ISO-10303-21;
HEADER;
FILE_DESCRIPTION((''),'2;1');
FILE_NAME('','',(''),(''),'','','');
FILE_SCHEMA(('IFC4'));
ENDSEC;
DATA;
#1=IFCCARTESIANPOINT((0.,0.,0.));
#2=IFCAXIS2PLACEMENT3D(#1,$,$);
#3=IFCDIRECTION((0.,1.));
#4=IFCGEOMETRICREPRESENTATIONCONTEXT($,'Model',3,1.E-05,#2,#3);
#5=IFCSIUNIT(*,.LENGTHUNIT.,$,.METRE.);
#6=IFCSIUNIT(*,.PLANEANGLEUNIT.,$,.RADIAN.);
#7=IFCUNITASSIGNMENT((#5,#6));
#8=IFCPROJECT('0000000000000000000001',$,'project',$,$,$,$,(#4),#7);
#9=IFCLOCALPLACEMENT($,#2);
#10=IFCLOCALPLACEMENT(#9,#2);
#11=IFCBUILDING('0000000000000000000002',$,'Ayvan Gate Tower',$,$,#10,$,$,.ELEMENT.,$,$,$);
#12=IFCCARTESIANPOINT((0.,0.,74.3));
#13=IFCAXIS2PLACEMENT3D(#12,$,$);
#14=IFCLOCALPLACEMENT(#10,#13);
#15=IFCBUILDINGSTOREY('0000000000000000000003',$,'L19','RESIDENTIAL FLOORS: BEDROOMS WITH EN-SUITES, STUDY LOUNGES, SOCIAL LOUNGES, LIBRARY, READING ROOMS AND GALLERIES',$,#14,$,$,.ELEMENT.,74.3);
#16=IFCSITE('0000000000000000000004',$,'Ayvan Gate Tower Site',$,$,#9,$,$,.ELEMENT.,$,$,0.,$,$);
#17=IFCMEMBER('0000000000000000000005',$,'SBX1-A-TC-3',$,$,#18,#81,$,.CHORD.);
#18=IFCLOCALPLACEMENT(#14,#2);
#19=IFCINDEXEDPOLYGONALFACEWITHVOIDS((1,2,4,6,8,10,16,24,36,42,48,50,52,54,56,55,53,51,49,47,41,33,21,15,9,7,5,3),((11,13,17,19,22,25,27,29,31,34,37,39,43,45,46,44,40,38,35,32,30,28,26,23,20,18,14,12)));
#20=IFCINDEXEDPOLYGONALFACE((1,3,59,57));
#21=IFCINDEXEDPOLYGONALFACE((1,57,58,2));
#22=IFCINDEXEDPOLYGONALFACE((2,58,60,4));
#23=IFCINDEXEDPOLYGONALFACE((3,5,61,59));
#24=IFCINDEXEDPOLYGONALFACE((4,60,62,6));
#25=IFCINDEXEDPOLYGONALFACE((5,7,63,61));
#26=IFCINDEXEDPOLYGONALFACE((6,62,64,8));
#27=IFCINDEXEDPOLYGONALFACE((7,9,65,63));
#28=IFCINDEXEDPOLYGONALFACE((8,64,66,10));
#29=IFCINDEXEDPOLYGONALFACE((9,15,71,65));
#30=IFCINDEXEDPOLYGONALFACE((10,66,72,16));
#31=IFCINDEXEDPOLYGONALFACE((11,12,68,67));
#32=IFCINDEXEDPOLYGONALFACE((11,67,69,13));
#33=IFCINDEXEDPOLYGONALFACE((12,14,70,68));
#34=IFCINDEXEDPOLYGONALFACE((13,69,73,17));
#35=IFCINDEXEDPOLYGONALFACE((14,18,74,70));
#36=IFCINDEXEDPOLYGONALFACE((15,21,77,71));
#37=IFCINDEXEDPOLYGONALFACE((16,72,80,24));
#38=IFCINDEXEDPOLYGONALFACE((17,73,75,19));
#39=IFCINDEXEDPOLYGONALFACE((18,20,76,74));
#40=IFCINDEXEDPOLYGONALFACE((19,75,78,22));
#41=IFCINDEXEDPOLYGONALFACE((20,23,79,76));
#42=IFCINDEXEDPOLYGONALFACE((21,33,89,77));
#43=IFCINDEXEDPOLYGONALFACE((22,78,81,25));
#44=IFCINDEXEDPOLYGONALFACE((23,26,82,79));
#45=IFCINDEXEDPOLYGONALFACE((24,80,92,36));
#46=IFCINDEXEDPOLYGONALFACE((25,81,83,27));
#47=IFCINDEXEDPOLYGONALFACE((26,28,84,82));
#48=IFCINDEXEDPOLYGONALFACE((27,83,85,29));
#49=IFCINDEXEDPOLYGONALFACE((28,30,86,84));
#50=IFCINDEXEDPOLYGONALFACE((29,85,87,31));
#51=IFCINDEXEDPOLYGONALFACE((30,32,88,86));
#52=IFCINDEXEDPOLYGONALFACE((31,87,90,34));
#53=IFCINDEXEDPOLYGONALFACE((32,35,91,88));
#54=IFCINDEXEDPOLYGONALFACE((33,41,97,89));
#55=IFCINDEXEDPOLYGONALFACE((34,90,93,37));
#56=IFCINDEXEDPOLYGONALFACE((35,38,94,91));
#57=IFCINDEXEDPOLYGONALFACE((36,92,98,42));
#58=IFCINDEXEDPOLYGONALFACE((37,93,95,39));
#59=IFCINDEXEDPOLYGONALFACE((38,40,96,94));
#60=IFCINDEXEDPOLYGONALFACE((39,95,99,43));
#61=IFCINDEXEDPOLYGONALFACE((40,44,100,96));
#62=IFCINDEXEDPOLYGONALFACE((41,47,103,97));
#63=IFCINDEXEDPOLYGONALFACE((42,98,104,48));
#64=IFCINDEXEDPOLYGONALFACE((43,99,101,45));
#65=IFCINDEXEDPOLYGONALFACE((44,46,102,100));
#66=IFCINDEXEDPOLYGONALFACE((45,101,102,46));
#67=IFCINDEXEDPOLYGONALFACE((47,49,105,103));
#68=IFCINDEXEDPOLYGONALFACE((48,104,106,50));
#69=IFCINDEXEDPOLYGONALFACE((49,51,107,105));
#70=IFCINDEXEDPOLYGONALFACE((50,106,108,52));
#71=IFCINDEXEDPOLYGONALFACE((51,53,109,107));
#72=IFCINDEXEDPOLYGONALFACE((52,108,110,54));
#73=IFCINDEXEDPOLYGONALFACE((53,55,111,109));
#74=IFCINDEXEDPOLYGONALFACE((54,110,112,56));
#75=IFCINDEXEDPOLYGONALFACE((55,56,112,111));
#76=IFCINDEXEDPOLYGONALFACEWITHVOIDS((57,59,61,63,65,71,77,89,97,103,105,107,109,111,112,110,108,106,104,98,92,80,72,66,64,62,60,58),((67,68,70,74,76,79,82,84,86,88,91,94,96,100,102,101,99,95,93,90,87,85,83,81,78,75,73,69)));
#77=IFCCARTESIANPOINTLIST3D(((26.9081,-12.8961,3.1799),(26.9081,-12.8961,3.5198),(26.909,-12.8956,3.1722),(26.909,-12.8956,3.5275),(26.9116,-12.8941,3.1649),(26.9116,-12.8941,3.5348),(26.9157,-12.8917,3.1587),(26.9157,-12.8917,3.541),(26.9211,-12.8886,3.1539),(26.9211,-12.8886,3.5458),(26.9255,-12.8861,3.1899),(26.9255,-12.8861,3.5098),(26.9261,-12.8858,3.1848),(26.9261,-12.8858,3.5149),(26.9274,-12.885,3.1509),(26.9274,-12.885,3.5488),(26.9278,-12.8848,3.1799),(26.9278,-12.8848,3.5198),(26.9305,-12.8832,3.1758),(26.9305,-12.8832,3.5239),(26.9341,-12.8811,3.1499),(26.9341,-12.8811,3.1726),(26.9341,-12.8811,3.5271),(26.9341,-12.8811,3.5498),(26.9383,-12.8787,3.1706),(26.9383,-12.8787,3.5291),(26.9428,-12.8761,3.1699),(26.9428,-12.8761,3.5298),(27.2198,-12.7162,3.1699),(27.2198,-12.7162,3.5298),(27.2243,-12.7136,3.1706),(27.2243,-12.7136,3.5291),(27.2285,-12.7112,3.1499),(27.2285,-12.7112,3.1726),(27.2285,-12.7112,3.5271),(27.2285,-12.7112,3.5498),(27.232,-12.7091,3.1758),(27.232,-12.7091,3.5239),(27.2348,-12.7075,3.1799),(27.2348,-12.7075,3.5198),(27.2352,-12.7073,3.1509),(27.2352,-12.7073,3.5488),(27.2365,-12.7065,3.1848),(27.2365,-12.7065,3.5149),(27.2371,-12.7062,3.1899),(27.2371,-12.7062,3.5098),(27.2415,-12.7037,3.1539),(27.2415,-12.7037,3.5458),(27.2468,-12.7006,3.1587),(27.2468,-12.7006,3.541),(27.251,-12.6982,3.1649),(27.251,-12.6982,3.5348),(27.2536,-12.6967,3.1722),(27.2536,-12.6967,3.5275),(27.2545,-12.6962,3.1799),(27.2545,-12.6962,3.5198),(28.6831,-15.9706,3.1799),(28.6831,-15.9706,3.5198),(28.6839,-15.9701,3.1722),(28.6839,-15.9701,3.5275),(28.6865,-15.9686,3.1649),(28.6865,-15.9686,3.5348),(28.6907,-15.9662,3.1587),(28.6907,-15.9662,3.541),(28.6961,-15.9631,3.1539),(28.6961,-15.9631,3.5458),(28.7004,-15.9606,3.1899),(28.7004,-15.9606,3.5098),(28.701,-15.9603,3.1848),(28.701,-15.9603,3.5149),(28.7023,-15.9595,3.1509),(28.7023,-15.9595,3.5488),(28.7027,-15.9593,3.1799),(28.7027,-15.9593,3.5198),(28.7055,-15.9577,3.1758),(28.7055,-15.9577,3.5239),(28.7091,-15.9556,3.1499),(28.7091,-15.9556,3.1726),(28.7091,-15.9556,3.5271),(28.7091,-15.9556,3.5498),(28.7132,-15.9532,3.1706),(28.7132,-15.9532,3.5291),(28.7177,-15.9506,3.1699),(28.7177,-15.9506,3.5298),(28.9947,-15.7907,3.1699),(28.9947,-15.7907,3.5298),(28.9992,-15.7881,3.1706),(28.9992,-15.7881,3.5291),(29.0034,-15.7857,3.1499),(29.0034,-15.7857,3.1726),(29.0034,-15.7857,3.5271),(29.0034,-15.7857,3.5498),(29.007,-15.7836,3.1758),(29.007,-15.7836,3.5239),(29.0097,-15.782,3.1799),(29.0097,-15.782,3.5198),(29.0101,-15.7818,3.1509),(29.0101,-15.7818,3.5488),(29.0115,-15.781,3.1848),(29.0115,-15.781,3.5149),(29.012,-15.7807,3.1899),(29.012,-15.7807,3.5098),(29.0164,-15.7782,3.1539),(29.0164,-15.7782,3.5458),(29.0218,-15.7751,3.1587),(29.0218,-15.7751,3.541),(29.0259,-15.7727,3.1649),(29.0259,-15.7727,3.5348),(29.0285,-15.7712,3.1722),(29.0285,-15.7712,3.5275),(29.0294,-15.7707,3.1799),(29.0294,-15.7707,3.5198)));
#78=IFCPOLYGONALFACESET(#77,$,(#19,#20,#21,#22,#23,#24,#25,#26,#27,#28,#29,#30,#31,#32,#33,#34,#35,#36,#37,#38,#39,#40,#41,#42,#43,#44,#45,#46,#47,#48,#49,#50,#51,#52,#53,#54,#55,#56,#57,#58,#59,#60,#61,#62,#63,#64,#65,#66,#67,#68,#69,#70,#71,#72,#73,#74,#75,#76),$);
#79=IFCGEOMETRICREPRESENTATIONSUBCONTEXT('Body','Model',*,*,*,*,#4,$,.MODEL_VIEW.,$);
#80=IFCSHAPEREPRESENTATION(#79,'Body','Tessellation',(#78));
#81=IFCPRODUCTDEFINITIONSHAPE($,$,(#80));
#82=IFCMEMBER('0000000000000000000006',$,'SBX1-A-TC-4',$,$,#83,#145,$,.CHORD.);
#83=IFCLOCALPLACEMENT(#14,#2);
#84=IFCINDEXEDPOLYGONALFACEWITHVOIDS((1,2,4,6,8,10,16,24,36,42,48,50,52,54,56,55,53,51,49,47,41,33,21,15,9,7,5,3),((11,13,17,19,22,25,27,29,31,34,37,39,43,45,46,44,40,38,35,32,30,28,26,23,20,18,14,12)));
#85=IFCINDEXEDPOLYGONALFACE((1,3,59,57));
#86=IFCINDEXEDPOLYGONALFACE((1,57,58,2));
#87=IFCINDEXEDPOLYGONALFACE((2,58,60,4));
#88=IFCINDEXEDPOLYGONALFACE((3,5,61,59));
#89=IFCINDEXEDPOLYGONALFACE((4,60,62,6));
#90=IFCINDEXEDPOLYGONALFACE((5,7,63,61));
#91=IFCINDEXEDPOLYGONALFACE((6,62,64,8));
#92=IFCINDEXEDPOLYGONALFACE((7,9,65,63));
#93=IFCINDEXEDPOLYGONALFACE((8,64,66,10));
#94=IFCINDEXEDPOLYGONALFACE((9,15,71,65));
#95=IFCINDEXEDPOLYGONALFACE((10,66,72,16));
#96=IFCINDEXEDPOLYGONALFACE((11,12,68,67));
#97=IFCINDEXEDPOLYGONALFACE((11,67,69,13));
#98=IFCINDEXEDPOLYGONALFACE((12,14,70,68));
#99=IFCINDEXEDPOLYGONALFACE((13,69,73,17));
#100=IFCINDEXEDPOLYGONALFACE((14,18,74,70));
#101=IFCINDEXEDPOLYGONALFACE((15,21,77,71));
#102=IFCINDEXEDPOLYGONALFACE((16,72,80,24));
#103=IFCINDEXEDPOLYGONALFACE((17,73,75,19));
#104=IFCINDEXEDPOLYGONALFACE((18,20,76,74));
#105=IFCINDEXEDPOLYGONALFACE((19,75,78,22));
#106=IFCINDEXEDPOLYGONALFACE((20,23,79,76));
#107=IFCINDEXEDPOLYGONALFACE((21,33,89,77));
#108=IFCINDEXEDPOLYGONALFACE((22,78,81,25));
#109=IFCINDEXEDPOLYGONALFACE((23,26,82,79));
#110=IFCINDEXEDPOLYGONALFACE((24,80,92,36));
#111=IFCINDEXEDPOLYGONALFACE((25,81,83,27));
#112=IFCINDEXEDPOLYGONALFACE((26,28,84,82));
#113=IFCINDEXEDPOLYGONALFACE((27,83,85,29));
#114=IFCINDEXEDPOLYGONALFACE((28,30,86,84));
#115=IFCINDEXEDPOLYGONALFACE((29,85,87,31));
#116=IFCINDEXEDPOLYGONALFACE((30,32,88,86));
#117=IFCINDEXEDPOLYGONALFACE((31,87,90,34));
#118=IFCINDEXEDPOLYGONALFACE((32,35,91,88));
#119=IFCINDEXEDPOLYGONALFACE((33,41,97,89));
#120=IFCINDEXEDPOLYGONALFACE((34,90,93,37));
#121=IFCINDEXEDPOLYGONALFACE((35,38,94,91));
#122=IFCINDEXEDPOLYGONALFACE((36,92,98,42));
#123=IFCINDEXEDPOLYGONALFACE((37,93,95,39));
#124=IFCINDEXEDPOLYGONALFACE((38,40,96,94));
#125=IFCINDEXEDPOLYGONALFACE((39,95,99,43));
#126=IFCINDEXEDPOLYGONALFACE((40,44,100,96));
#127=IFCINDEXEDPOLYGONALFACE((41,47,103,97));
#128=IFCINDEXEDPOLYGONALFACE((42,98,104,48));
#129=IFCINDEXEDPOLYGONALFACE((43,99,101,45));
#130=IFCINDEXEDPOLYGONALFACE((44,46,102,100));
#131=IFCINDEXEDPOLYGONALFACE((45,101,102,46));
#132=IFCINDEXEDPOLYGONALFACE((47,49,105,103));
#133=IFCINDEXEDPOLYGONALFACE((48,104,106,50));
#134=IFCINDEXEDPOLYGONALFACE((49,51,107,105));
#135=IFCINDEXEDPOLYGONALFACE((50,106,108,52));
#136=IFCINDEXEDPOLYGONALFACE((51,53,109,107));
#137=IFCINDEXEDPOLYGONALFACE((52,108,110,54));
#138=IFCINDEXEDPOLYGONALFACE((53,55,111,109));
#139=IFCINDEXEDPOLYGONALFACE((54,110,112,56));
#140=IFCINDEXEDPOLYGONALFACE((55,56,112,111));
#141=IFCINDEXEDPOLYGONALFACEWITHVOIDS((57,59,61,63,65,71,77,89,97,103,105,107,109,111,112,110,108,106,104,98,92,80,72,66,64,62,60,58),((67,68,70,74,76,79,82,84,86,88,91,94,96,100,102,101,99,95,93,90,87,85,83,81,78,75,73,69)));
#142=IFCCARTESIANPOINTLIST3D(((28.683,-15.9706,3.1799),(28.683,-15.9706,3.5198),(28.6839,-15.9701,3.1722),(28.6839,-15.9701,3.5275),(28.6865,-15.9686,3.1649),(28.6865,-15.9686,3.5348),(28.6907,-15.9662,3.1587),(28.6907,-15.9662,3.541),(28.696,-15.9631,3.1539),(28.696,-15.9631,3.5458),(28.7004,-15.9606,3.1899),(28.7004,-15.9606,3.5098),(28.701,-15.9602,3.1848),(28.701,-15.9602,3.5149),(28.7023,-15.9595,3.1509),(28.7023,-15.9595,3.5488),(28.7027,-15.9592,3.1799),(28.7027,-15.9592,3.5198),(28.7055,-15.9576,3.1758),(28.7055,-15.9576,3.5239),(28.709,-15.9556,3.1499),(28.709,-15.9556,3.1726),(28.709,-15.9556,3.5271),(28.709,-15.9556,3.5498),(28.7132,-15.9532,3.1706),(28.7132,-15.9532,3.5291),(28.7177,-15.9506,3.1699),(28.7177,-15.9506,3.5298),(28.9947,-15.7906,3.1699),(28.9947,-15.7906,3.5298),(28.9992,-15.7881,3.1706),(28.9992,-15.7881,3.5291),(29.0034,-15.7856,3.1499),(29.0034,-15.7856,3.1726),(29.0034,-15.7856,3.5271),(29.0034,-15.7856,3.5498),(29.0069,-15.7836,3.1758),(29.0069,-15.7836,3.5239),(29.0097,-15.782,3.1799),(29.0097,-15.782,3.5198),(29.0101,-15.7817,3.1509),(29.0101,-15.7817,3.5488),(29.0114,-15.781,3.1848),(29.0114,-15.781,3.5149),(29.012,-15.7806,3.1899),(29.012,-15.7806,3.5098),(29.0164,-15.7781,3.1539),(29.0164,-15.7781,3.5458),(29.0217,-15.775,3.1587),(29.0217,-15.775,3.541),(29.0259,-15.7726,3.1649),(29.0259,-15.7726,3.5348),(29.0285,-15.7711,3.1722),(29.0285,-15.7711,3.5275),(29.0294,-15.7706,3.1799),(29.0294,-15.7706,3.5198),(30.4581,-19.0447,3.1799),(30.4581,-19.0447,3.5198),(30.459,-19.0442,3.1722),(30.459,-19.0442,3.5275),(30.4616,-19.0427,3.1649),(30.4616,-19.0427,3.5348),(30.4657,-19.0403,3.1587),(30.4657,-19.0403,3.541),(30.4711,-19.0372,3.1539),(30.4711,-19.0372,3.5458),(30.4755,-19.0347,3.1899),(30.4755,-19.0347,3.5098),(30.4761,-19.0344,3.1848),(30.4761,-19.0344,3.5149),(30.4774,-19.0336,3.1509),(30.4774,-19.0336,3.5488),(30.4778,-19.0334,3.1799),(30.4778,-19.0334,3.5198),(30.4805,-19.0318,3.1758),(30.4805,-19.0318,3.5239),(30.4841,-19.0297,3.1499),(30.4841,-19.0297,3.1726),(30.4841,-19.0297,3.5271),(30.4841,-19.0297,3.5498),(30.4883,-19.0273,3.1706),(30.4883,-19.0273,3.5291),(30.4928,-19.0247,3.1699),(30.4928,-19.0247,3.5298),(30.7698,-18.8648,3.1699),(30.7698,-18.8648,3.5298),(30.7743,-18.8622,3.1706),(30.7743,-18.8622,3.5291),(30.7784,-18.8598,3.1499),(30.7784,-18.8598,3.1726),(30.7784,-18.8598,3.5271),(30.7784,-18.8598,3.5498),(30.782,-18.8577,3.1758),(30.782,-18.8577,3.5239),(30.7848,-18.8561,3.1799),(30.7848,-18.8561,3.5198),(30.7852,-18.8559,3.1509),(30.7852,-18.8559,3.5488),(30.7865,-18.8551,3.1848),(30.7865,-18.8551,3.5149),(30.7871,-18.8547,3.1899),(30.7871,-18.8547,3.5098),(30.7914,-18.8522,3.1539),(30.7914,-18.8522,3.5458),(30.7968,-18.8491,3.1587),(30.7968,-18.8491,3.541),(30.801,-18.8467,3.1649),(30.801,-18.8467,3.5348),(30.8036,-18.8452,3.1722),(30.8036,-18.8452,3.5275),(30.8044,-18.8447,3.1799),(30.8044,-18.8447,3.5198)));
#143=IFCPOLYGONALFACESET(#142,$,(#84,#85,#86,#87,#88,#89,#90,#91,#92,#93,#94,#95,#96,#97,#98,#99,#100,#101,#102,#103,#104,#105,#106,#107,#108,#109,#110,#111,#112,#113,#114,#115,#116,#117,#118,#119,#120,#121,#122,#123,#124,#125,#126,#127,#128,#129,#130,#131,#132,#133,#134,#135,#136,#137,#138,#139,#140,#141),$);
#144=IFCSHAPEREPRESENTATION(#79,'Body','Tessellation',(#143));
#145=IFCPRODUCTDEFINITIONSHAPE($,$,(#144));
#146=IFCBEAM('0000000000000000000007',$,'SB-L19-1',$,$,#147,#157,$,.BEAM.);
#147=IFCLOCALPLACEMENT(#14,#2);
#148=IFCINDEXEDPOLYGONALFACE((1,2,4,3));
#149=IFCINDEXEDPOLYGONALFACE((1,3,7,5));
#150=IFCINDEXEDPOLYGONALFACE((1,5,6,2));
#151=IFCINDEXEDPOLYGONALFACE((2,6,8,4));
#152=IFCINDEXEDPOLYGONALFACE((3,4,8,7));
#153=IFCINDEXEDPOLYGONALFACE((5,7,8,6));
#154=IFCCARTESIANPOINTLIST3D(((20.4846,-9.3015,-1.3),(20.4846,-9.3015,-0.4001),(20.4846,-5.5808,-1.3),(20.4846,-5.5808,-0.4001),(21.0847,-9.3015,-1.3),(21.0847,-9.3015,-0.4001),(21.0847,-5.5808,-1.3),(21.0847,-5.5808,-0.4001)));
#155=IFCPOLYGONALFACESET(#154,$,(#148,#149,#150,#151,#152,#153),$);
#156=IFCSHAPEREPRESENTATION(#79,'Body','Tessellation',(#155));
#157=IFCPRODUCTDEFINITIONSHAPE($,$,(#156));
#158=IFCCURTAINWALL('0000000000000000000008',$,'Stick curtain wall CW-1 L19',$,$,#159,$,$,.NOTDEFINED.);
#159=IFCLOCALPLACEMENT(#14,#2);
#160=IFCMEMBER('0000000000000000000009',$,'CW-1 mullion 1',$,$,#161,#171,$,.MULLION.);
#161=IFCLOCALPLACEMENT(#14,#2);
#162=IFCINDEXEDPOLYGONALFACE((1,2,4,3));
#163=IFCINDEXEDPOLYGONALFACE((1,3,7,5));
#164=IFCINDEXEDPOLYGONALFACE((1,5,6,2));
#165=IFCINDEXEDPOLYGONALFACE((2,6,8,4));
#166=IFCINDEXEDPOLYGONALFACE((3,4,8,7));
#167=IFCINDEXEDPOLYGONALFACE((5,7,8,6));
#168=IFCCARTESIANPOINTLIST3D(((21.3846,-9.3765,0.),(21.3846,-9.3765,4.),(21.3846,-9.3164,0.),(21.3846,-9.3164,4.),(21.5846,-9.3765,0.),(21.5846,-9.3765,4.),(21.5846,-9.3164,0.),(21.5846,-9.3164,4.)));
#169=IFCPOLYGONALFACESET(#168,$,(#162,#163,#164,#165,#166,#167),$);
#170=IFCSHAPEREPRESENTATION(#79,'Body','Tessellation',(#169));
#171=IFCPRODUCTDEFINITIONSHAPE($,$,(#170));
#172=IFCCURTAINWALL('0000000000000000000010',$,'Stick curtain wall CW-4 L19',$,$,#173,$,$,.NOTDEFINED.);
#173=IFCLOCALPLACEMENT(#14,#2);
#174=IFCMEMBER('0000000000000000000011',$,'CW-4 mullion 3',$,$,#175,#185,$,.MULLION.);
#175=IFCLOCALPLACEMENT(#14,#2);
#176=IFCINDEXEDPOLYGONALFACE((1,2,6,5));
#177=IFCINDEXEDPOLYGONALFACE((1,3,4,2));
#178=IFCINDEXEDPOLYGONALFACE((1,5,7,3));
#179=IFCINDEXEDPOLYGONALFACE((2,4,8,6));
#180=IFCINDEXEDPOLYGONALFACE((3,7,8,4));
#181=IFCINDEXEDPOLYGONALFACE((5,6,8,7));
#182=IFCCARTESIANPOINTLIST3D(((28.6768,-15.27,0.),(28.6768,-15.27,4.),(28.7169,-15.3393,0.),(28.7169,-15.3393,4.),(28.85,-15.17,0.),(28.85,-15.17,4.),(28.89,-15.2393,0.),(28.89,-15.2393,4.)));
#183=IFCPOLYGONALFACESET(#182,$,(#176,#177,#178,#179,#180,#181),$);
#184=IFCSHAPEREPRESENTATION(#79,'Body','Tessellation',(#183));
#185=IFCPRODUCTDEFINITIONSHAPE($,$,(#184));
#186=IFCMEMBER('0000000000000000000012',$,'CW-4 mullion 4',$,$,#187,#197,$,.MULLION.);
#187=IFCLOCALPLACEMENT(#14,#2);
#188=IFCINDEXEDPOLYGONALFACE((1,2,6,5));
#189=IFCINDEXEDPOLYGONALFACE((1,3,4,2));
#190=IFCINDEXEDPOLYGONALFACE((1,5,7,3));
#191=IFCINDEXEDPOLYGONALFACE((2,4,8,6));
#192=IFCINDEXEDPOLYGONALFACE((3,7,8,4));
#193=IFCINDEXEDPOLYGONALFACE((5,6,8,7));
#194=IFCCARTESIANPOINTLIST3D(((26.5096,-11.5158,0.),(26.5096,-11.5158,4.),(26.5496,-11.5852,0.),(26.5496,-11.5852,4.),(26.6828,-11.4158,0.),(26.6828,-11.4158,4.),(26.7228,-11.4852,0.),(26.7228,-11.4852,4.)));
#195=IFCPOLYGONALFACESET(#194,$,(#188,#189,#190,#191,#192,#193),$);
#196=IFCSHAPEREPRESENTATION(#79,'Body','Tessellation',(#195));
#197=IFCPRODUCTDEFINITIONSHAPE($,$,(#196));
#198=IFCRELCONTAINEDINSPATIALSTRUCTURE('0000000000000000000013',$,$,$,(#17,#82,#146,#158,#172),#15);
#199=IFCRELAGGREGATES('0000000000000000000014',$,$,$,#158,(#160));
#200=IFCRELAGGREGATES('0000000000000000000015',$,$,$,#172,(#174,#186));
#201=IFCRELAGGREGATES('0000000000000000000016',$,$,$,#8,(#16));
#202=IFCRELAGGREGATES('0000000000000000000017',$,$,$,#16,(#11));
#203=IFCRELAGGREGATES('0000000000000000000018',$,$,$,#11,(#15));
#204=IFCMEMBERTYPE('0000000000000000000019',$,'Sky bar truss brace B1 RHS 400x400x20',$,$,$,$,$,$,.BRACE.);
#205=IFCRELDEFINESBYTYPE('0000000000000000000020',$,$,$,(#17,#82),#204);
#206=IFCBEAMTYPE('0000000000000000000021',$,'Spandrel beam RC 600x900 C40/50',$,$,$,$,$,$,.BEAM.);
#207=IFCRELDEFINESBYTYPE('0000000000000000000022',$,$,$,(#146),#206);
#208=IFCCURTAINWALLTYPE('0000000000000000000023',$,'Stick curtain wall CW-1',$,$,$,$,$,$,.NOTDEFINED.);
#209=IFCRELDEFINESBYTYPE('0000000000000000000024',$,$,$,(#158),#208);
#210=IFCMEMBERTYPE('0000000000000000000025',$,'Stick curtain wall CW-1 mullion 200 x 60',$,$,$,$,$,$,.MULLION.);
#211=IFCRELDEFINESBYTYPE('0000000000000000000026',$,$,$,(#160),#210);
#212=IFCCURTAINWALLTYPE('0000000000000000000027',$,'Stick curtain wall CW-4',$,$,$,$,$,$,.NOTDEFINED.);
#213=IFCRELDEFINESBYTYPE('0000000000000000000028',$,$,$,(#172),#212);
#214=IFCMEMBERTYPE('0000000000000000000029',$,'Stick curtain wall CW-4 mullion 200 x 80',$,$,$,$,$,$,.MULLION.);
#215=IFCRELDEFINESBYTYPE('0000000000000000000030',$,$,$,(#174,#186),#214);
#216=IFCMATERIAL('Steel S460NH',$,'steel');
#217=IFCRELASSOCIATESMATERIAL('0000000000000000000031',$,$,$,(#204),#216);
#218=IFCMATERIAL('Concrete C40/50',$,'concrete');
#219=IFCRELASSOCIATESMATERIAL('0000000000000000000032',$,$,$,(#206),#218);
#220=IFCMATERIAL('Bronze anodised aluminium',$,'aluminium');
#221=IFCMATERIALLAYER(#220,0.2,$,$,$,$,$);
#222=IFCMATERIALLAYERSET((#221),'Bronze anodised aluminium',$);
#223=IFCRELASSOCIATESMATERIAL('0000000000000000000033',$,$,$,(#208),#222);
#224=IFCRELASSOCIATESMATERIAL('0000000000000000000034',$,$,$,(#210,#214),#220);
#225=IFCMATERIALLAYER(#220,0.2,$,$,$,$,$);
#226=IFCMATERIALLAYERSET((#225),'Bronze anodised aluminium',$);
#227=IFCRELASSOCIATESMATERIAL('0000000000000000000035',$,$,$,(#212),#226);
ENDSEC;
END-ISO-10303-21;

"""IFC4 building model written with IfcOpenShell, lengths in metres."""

from ifc_helpers import new_model, si_unit, direction, frame, origin, origin_2d, place, context, subcontext, project, spatial, rectangle, hollow_rectangle, extrude, material, layer, layer_set, material_profile, profile_set, type_object, element, aggregate, save


model = new_model("IFC4")

# Units and contexts
model_context = context("Model", 3, precision=1e-05, world=origin(), true_north=direction((0.0, 1.0)))
body_context = subcontext(model_context, "Body", "Model", "MODEL_VIEW")
ifc_project = project(units=[si_unit("LENGTHUNIT", "METRE"), si_unit("PLANEANGLEUNIT", "RADIAN")], contexts=[model_context])

# Site, building, storey
site_placement = place(None, origin())
site = spatial("IfcSite", under=ifc_project, at=site_placement, Name="Ayvan Gate Tower Site", CompositionType="ELEMENT", RefElevation=0.0)
building_placement = place(site_placement, origin())
building = spatial("IfcBuilding", under=site, at=building_placement, Name="Ayvan Gate Tower", CompositionType="ELEMENT")
storey_placement = place(building_placement, frame((0.0, 0.0, 74.3)))
storey = spatial("IfcBuildingStorey", under=building, at=storey_placement, Name="L19", Description="RESIDENTIAL FLOORS: BEDROOMS WITH EN-SUITES, STUDY LOUNGES, SOCIAL LOUNGES, LIBRARY, READING ROOMS AND GALLERIES", CompositionType="ELEMENT", Elevation=74.3)

# Shared definitions
ifc_material_1 = material(Name="Concrete C40/50", Category="concrete")

# Members
ifc_material_2 = material(Name="Steel S460NH", Category="steel")
ifc_material_profile_1 = material_profile(ifc_material_2, hollow_rectangle(XDim=0.3999, YDim=0.3999, WallThickness=0.02, InnerFilletRadius=0.02, OuterFilletRadius=0.03, at=origin_2d()), Name="RHS 400x400x20")
ifc_profile_set_1 = profile_set([ifc_material_profile_1], Name="Steel S460NH")
member_type_1 = type_object("IfcMemberType", Name="Sky bar truss brace B1 RHS 400x400x20", PredefinedType="BRACE", material=ifc_profile_set_1)
for number, where, z_axis, x_axis, name in (
    (1, (27.0813, -12.7961, 3.3499), (0.49997, -0.866042, 0.0), (0.866042, 0.49997, 0.0), "SBX1-A-TC-3"),
):
    element("IfcMember", number, at=place(storey_placement, frame(where, z_axis=z_axis, x_axis=x_axis)), inside=storey, type_object=member_type_1, Name=name, PredefinedType="CHORD", context=body_context, shape_type="SweptSolid", body=[
        extrude(hollow_rectangle(XDim=0.3999, YDim=0.3999, WallThickness=0.02, InnerFilletRadius=0.02, OuterFilletRadius=0.03, at=origin_2d()), origin(), (0.0, 0.0, 1.0), 3.55),
    ])
member_1_placement = place(storey_placement, frame((28.8562, -15.8706, 3.3499), z_axis=(0.500052, -0.865995, 0.0), x_axis=(0.865995, 0.500052, 0.0)))
element("IfcMember", 2, at=member_1_placement, inside=storey, type_object=member_type_1, Name="SBX1-A-TC-4", PredefinedType="CHORD", context=body_context, shape_type="SweptSolid", body=[
    extrude(hollow_rectangle(XDim=0.3999, YDim=0.3999, WallThickness=0.02, InnerFilletRadius=0.02, OuterFilletRadius=0.03, at=origin_2d()), origin(), (0.0, 0.0, 1.0), 3.5498),
])

# Beam
ifc_material_profile_2 = material_profile(ifc_material_1, rectangle(XDim=0.6001, YDim=0.8999, at=origin_2d()), Name="RC 600x900")
ifc_profile_set_2 = profile_set([ifc_material_profile_2], Name="Concrete C40/50")
beam_type_1 = type_object("IfcBeamType", Name="Spandrel beam RC 600x900 C40/50", PredefinedType="BEAM", material=ifc_profile_set_2)
beam_1_placement = place(storey_placement, frame((20.7847, -9.3015, -0.8501), z_axis=(0.0, 1.0, 0.0), x_axis=(-1.0, 0.0, 0.0)))
element("IfcBeam", 3, at=beam_1_placement, inside=storey, type_object=beam_type_1, Name="SB-L19-1", PredefinedType="BEAM", context=body_context, shape_type="SweptSolid", body=[
    extrude(rectangle(XDim=0.6001, YDim=0.8999, at=origin_2d()), origin(), (0.0, 0.0, 1.0), 3.7207),
])

# Curtain wall, member
ifc_material_3 = material(Name="Bronze anodised aluminium", Category="aluminium")
ifc_layer_1 = layer(ifc_material_3, 0.2)
ifc_layer_set_1 = layer_set([ifc_layer_1], Name="Bronze anodised aluminium")
curtain_wall_type_1 = type_object("IfcCurtainWallType", Name="Stick curtain wall CW-1", PredefinedType="NOTDEFINED", material=ifc_layer_set_1)
curtain_wall_1_placement = place(storey_placement, origin())
curtain_wall_1 = element("IfcCurtainWall", 4, at=curtain_wall_1_placement, inside=storey, type_object=curtain_wall_type_1, Name="Stick curtain wall CW-1 L19", PredefinedType="NOTDEFINED")
ifc_material_profile_3 = material_profile(ifc_material_3, rectangle(XDim=0.2, YDim=0.0601, at=origin_2d()), Name="Stick curtain wall CW-1 mullion 200 x 60")
ifc_profile_set_3 = profile_set([ifc_material_profile_3], Name="Bronze anodised aluminium")
member_type_2 = type_object("IfcMemberType", Name="Stick curtain wall CW-1 mullion 200 x 60", PredefinedType="MULLION", material=ifc_profile_set_3)
member_2_placement = place(storey_placement, frame((21.4846, -9.3464, 0.0), z_axis=(0.0, 0.0, 1.0), x_axis=(1.0, 0.0, 0.0)))
member_2 = element("IfcMember", 5, at=member_2_placement, type_object=member_type_2, Name="CW-1 mullion 1", PredefinedType="MULLION", context=body_context, shape_type="SweptSolid", body=[
    extrude(rectangle(XDim=0.2, YDim=0.0601, at=origin_2d()), origin(), (0.0, 0.0, 1.0), 4.0),
])
aggregate(curtain_wall_1, [member_2])

# Curtain wall, members
ifc_layer_2 = layer(ifc_material_3, 0.2)
ifc_layer_set_2 = layer_set([ifc_layer_2], Name="Bronze anodised aluminium")
curtain_wall_type_2 = type_object("IfcCurtainWallType", Name="Stick curtain wall CW-4", PredefinedType="NOTDEFINED", material=ifc_layer_set_2)
curtain_wall_2_placement = place(storey_placement, origin())
curtain_wall_2 = element("IfcCurtainWall", 6, at=curtain_wall_2_placement, inside=storey, type_object=curtain_wall_type_2, Name="Stick curtain wall CW-4 L19", PredefinedType="NOTDEFINED")
ifc_material_profile_4 = material_profile(ifc_material_3, rectangle(XDim=0.2, YDim=0.0801, at=origin_2d()), Name="Stick curtain wall CW-4 mullion 200 x 80")
ifc_profile_set_4 = profile_set([ifc_material_profile_4], Name="Bronze anodised aluminium")
member_type_3 = type_object("IfcMemberType", Name="Stick curtain wall CW-4 mullion 200 x 80", PredefinedType="MULLION", material=ifc_profile_set_4)
member_3_placement = place(storey_placement, frame((28.7834, -15.2546, 0.0), z_axis=(0.0, 0.0, 1.0), x_axis=(0.866025, 0.5, 0.0)))
member_3 = element("IfcMember", 7, at=member_3_placement, type_object=member_type_3, Name="CW-4 mullion 3", PredefinedType="MULLION", context=body_context, shape_type="SweptSolid", body=[
    extrude(rectangle(XDim=0.2, YDim=0.0801, at=origin_2d()), origin(), (0.0, 0.0, 1.0), 4.0),
])
member_4_placement = place(storey_placement, frame((26.6162, -11.5005, 0.0), z_axis=(0.0, 0.0, 1.0), x_axis=(0.866025, 0.5, 0.0)))
member_4 = element("IfcMember", 8, at=member_4_placement, type_object=member_type_3, Name="CW-4 mullion 4", PredefinedType="MULLION", context=body_context, shape_type="SweptSolid", body=[
    extrude(rectangle(XDim=0.2, YDim=0.0801, at=origin_2d()), origin(), (0.0, 0.0, 1.0), 4.0),
])

aggregate(curtain_wall_2, [member_3, member_4])

save(model, "model.ifc")
